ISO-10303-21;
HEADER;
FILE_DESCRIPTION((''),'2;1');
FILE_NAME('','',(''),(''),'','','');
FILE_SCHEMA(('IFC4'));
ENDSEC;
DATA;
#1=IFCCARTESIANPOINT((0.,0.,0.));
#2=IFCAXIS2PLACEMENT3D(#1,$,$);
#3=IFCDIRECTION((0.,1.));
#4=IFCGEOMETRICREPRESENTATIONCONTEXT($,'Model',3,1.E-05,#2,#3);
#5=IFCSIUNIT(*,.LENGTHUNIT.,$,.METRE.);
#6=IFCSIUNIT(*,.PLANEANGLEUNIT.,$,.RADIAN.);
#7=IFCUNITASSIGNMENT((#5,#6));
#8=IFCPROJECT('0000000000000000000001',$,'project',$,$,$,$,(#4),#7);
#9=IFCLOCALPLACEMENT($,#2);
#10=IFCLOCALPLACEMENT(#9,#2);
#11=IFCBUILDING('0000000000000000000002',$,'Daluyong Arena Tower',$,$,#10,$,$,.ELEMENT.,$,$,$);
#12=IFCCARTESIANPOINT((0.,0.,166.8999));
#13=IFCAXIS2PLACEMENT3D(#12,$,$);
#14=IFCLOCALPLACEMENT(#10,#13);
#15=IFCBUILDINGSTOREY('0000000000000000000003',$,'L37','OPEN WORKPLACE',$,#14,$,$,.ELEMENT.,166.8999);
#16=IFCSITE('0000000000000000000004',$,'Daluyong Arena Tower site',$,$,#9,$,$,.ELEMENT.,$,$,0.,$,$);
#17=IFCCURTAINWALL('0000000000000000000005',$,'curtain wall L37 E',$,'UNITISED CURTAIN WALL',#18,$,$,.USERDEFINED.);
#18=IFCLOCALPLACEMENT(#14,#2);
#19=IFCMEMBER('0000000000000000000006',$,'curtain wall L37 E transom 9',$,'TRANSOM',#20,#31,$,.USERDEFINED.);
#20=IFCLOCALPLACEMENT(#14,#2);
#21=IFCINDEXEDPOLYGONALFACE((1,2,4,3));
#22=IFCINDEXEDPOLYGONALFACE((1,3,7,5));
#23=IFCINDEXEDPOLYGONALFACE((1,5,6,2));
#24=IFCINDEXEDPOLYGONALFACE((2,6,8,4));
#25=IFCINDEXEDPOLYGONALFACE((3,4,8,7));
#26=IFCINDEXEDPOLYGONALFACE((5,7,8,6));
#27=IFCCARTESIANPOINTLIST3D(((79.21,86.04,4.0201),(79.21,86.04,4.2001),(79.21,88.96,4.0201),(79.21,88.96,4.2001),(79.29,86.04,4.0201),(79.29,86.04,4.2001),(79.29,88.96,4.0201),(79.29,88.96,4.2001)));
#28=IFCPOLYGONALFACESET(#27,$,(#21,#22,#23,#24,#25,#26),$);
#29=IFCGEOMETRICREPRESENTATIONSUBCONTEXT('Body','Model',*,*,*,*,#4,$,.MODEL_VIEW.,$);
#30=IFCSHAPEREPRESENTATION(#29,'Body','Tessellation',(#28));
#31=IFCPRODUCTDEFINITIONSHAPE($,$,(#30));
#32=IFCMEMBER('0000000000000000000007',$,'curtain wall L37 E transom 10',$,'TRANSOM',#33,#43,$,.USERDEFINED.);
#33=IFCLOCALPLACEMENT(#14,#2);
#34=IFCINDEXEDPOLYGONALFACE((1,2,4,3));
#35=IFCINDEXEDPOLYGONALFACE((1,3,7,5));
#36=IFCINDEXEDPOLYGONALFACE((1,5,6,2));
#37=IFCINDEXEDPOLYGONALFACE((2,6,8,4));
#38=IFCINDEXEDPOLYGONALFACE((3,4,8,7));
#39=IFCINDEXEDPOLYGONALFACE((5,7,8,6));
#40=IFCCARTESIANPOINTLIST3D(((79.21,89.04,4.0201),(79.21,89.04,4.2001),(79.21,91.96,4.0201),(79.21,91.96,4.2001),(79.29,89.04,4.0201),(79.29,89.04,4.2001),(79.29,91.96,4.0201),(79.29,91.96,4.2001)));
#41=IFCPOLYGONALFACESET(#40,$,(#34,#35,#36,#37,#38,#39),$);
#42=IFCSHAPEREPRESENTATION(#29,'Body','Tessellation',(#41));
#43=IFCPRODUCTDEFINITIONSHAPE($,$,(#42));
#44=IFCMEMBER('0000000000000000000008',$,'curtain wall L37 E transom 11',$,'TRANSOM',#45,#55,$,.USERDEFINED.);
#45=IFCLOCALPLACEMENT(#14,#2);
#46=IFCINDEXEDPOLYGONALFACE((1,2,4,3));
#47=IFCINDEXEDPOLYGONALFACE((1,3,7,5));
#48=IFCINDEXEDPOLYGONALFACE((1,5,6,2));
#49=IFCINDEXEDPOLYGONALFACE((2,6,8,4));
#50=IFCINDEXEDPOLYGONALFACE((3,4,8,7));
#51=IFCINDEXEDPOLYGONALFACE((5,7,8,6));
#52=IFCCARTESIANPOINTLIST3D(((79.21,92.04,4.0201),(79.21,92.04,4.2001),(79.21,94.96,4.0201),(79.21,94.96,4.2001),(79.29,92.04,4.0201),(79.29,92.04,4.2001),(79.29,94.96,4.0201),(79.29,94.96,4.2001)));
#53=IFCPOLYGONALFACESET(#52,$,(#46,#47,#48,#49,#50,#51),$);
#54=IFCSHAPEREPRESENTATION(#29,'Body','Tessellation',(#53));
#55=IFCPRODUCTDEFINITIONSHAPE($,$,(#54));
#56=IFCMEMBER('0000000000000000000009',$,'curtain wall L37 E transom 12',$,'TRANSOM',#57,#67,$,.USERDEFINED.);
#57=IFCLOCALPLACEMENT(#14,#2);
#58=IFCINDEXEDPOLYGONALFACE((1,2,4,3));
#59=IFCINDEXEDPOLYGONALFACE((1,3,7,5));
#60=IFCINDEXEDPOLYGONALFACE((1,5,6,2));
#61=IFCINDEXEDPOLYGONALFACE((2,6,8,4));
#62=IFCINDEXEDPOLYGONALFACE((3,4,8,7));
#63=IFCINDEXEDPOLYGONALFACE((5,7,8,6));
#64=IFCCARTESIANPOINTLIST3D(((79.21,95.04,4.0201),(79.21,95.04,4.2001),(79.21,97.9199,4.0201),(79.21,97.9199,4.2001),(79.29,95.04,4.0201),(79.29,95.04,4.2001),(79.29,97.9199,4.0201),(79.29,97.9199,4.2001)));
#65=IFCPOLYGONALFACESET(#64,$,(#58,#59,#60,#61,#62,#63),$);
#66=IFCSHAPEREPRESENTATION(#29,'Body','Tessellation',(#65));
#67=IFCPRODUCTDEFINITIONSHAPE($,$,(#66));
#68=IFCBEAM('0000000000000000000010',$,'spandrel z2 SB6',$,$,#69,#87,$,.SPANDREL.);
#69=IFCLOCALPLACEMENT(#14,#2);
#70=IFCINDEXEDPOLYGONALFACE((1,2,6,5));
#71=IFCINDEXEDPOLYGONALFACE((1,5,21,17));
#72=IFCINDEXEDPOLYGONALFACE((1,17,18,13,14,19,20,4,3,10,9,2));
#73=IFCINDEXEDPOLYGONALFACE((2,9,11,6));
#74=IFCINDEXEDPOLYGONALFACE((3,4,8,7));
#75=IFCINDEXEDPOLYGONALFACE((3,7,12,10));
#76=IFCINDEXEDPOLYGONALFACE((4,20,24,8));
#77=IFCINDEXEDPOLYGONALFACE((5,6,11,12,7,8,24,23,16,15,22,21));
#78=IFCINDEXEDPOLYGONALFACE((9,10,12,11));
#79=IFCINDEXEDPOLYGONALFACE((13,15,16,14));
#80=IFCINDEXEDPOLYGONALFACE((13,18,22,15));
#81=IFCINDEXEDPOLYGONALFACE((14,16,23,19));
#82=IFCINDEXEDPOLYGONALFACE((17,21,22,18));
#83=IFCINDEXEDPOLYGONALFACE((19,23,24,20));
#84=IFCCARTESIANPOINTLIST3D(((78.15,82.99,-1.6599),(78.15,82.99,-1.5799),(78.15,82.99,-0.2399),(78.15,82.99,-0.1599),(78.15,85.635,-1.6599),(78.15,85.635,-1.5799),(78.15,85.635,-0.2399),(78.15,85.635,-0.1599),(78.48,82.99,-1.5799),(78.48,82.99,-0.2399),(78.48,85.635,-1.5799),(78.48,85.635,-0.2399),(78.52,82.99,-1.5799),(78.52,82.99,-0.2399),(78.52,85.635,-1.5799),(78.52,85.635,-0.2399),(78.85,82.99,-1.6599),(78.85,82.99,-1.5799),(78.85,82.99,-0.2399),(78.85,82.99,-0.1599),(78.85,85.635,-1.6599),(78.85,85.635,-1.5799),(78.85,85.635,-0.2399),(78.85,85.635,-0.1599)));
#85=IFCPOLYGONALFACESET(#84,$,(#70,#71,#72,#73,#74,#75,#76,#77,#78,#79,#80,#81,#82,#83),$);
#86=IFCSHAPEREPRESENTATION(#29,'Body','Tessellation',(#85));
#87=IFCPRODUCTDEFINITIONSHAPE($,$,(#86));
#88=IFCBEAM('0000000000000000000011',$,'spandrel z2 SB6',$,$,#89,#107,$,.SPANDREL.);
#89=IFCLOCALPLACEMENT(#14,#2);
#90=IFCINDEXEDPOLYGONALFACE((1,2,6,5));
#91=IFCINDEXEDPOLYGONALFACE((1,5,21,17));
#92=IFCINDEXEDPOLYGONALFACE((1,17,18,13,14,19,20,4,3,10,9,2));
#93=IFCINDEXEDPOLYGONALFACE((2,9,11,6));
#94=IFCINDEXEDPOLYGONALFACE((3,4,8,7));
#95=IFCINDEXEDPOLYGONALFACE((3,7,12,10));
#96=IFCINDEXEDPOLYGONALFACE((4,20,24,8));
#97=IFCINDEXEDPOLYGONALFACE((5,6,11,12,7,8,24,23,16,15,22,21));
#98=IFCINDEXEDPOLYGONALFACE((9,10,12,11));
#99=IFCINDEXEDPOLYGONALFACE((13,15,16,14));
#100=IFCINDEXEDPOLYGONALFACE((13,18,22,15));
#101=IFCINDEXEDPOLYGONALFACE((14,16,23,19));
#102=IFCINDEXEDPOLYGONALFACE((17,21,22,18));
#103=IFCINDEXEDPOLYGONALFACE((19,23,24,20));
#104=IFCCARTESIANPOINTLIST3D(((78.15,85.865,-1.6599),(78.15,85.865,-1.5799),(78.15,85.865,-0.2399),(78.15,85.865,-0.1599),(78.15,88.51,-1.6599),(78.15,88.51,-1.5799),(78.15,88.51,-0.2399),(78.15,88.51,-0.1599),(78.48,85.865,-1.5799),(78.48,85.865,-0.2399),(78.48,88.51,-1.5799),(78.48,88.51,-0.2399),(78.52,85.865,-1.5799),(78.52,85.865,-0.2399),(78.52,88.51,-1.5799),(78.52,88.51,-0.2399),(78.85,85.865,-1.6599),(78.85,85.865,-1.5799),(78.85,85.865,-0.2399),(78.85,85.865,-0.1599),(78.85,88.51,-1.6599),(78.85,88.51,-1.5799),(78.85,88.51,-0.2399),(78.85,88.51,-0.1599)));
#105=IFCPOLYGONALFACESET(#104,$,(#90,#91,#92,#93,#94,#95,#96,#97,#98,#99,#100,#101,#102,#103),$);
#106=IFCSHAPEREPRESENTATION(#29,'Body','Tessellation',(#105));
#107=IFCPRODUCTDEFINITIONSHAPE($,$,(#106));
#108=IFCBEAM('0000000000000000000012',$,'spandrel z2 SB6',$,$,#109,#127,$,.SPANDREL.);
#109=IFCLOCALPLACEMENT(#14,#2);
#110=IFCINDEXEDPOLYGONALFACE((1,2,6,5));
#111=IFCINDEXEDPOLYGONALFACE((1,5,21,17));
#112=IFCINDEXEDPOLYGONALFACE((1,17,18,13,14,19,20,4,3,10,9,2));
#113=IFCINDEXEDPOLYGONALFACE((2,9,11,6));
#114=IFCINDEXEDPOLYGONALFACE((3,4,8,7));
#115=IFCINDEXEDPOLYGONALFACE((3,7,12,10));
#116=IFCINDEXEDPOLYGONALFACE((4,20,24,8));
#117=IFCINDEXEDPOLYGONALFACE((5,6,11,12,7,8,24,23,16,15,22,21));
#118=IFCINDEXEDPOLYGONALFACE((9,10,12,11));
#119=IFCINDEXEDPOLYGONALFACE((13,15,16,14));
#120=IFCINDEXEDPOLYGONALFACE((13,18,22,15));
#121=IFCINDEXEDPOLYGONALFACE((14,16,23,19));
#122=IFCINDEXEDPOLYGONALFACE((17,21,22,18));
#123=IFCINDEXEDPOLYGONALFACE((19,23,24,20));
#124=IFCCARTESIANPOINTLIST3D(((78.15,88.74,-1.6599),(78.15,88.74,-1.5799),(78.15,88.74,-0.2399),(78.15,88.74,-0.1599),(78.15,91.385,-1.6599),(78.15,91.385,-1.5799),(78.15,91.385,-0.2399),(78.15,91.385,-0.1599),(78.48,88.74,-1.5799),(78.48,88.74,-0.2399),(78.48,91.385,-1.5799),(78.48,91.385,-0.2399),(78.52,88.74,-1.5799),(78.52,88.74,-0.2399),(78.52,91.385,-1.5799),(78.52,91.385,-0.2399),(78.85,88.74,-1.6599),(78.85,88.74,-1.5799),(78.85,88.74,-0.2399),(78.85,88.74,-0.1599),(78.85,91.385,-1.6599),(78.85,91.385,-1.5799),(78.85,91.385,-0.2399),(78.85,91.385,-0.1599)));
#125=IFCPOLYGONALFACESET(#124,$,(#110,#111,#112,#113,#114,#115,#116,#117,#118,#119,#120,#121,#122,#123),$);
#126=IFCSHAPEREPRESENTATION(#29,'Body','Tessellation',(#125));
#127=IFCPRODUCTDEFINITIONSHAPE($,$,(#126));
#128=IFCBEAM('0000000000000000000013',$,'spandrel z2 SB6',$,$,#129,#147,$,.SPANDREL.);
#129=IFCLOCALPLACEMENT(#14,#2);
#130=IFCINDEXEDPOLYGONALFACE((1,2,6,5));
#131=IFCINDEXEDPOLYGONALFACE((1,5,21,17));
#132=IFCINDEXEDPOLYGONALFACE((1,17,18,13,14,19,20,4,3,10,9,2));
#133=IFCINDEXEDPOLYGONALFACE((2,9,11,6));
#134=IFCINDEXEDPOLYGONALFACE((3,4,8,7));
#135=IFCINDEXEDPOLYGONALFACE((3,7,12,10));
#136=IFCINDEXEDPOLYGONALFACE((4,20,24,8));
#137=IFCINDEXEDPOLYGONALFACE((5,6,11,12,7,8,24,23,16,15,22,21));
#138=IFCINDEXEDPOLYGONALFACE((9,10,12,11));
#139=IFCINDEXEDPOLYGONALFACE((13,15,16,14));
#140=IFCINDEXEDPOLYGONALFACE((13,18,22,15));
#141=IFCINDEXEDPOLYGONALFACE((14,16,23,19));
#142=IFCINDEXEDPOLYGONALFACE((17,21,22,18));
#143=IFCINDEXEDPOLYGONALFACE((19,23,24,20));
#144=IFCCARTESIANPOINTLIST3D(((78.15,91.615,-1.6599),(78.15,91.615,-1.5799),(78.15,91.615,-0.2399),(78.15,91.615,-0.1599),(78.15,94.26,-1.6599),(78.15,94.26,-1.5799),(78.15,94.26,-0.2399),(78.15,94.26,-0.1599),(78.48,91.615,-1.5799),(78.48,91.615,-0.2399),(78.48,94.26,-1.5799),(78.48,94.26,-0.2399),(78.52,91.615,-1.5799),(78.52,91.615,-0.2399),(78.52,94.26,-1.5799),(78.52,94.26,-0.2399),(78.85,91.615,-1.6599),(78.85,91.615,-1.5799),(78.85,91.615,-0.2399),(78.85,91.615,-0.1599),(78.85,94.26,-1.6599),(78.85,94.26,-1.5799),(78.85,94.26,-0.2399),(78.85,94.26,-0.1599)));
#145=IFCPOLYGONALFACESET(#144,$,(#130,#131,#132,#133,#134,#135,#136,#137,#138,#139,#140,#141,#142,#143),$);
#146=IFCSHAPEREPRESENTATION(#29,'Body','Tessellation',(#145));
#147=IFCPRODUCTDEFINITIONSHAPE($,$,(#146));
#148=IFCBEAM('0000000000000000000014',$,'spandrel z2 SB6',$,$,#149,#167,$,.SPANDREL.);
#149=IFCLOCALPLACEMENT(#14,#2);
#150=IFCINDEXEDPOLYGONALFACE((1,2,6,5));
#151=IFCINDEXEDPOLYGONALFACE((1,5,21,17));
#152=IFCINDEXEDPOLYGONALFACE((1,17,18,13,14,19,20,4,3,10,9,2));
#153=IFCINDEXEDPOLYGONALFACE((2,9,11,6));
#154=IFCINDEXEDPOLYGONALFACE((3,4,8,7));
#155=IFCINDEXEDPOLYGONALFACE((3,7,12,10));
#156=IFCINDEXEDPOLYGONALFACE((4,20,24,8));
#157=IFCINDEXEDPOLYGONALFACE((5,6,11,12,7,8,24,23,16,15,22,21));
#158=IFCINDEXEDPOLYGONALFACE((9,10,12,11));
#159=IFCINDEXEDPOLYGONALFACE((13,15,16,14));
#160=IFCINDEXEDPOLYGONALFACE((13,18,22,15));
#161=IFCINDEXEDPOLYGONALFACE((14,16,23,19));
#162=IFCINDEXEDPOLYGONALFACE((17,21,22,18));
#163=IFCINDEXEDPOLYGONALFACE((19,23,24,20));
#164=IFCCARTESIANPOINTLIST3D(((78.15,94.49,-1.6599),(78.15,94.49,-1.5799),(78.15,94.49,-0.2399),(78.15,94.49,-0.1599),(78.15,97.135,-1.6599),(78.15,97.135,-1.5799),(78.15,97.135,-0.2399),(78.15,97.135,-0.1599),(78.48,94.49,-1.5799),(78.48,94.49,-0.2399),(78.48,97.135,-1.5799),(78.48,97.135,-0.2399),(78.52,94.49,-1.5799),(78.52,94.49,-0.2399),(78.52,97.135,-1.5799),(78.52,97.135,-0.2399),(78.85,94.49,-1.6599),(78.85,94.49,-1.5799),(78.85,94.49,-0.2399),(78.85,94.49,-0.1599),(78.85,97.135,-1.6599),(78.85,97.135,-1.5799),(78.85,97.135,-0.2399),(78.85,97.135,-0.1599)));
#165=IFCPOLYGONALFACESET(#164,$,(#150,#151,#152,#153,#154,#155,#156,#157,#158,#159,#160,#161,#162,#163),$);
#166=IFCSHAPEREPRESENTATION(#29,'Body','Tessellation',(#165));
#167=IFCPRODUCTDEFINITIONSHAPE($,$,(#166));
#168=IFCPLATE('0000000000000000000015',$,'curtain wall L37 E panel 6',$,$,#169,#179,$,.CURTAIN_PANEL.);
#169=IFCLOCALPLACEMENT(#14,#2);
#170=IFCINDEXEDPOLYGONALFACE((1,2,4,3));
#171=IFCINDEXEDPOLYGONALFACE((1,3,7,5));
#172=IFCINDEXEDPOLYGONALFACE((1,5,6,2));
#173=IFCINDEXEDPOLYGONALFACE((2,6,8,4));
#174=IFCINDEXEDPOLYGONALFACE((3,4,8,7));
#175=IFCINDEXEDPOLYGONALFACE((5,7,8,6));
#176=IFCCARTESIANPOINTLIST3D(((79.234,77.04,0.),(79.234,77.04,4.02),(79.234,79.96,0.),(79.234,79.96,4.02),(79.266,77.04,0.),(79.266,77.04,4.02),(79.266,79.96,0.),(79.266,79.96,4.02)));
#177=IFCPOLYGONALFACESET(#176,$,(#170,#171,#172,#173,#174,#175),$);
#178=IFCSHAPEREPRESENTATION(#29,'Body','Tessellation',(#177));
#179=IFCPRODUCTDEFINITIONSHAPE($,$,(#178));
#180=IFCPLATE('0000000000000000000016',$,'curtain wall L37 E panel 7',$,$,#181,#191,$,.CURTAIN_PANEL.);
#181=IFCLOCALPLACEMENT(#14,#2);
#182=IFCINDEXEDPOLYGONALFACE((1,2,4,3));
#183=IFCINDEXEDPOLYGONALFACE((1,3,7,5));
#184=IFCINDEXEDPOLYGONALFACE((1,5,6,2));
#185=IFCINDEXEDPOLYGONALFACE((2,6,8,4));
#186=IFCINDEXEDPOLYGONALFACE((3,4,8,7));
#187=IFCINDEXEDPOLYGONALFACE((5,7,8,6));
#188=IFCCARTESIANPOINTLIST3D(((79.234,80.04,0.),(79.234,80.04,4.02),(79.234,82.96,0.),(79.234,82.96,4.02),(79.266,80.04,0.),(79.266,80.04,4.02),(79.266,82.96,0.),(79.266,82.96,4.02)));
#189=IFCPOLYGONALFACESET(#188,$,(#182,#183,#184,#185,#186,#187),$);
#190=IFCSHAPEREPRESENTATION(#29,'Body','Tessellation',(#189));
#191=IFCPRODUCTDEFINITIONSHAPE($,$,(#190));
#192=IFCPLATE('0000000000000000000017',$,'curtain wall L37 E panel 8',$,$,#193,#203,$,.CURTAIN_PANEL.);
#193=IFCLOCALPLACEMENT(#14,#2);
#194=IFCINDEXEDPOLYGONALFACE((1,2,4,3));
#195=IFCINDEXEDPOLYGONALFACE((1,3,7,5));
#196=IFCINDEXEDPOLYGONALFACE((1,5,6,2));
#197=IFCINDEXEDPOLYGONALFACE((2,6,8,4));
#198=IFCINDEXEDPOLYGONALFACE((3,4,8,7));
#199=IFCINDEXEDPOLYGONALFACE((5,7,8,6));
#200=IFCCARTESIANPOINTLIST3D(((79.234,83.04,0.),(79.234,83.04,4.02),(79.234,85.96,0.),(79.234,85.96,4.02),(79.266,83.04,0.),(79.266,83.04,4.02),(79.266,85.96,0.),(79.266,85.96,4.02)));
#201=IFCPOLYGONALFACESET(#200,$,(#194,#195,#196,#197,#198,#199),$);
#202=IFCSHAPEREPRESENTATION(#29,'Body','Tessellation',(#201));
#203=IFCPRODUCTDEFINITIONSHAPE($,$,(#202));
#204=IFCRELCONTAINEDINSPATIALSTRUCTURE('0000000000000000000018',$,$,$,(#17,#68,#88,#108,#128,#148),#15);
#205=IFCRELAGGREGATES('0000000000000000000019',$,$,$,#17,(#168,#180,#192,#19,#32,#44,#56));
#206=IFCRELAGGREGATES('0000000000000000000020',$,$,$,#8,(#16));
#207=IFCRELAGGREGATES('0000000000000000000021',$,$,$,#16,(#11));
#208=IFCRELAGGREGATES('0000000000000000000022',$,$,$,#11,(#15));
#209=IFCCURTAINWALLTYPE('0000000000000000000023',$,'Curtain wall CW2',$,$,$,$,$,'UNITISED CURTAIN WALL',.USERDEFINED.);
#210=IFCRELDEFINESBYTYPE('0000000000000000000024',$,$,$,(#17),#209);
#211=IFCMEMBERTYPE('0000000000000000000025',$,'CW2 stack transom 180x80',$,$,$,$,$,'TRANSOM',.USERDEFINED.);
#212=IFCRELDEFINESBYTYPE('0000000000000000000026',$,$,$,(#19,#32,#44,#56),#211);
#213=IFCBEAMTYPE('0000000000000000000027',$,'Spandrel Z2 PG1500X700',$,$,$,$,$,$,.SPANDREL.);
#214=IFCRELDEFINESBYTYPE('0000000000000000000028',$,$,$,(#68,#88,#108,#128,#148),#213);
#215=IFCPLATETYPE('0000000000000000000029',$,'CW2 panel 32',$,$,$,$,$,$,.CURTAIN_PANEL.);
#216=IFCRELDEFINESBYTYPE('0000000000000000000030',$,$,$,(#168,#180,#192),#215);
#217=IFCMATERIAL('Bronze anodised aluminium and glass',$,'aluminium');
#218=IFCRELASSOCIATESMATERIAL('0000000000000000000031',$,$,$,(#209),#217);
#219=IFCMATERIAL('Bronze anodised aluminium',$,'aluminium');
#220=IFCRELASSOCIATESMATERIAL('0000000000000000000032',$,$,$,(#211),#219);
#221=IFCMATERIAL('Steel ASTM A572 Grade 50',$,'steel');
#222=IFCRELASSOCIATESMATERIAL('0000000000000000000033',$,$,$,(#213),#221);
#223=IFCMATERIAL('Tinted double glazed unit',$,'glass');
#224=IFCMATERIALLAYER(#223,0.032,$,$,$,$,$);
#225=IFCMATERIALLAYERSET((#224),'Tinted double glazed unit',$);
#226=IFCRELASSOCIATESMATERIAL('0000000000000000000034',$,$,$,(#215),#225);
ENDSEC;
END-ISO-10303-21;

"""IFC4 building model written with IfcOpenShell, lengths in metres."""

from ifc_helpers import new_model, si_unit, direction, frame, origin, origin_2d, place, context, subcontext, project, spatial, rectangle, i_section, extrude, material, layer, layer_set, material_profile, profile_set, type_object, element, aggregate, save


model = new_model("IFC4")

# Units and contexts
model_context = context("Model", 3, precision=1e-05, world=origin(), true_north=direction((0.0, 1.0)))
body_context = subcontext(model_context, "Body", "Model", "MODEL_VIEW")
ifc_project = project(units=[si_unit("LENGTHUNIT", "METRE"), si_unit("PLANEANGLEUNIT", "RADIAN")], contexts=[model_context])

# Site, building, storey
site_placement = place(None, origin())
site = spatial("IfcSite", under=ifc_project, at=site_placement, Name="Daluyong Arena Tower site", CompositionType="ELEMENT", RefElevation=0.0)
building_placement = place(site_placement, origin())
building = spatial("IfcBuilding", under=site, at=building_placement, Name="Daluyong Arena Tower", CompositionType="ELEMENT")
storey_placement = place(building_placement, frame((0.0, 0.0, 166.8999)))
storey = spatial("IfcBuildingStorey", under=building, at=storey_placement, Name="L37", Description="OPEN WORKPLACE", CompositionType="ELEMENT", Elevation=166.8999)

# Curtain wall, members
ifc_material_1 = material(Name="Bronze anodised aluminium and glass", Category="aluminium")
curtain_wall_type = type_object("IfcCurtainWallType", Name="Curtain wall CW2", ElementType="UNITISED CURTAIN WALL", PredefinedType="USERDEFINED", material=ifc_material_1)
curtain_wall_placement = place(storey_placement, origin())
curtain_wall = element("IfcCurtainWall", 1, at=curtain_wall_placement, inside=storey, type_object=curtain_wall_type, Name="curtain wall L37 E", ObjectType="UNITISED CURTAIN WALL", PredefinedType="USERDEFINED")
ifc_material_2 = material(Name="Bronze anodised aluminium", Category="aluminium")
ifc_material_profile_1 = material_profile(ifc_material_2, rectangle(XDim=0.0801, YDim=0.1799, at=origin_2d()))
ifc_profile_set_1 = profile_set([ifc_material_profile_1], Name="Bronze anodised aluminium")
member_type_1 = type_object("IfcMemberType", Name="CW2 stack transom 180x80", ElementType="TRANSOM", PredefinedType="USERDEFINED", material=ifc_profile_set_1)
member_1_placement = place(storey_placement, frame((79.25, 86.04, 4.1101), z_axis=(0.0, 1.0, 0.0), x_axis=(-1.0, 0.0, 0.0)))
member_1 = element("IfcMember", 2, at=member_1_placement, type_object=member_type_1, Name="curtain wall L37 E transom 9", ObjectType="TRANSOM", PredefinedType="USERDEFINED", context=body_context, shape_type="SweptSolid", body=[
    extrude(rectangle(XDim=0.0801, YDim=0.1799, at=origin_2d()), origin(), (0.0, 0.0, 1.0), 2.9199),
])
member_2_placement = place(storey_placement, frame((79.25, 89.04, 4.1101), z_axis=(0.0, 1.0, 0.0), x_axis=(-1.0, 0.0, 0.0)))
member_2 = element("IfcMember", 3, at=member_2_placement, type_object=member_type_1, Name="curtain wall L37 E transom 10", ObjectType="TRANSOM", PredefinedType="USERDEFINED", context=body_context, shape_type="SweptSolid", body=[
    extrude(rectangle(XDim=0.0801, YDim=0.1799, at=origin_2d()), origin(), (0.0, 0.0, 1.0), 2.9199),
])
member_3_placement = place(storey_placement, frame((79.25, 92.04, 4.1101), z_axis=(0.0, 1.0, 0.0), x_axis=(-1.0, 0.0, 0.0)))
member_3 = element("IfcMember", 4, at=member_3_placement, type_object=member_type_1, Name="curtain wall L37 E transom 11", ObjectType="TRANSOM", PredefinedType="USERDEFINED", context=body_context, shape_type="SweptSolid", body=[
    extrude(rectangle(XDim=0.0801, YDim=0.1799, at=origin_2d()), origin(), (0.0, 0.0, 1.0), 2.9199),
])
member_4_placement = place(storey_placement, frame((79.25, 95.04, 4.1101), z_axis=(0.0, 1.0, 0.0), x_axis=(-1.0, 0.0, 0.0)))
member_4 = element("IfcMember", 5, at=member_4_placement, type_object=member_type_1, Name="curtain wall L37 E transom 12", ObjectType="TRANSOM", PredefinedType="USERDEFINED", context=body_context, shape_type="SweptSolid", body=[
    extrude(rectangle(XDim=0.0801, YDim=0.1799, at=origin_2d()), origin(), (0.0, 0.0, 1.0), 2.8799),
])

# Beams
ifc_material_3 = material(Name="Steel ASTM A572 Grade 50", Category="steel")
ifc_material_profile_2 = material_profile(ifc_material_3, i_section(OverallWidth=0.7, OverallDepth=1.5, WebThickness=0.04, FlangeThickness=0.08, at=origin_2d()))
ifc_profile_set_2 = profile_set([ifc_material_profile_2], Name="Steel ASTM A572 Grade 50")
beam_type = type_object("IfcBeamType", Name="Spandrel Z2 PG1500X700", PredefinedType="SPANDREL", material=ifc_profile_set_2)
for number, where, z_axis, x_axis, name in (
    (6, (78.5, 82.99, -0.9099), (0.0, 1.0, 0.0), (-1.0, 0.0, 0.0), "spandrel z2 SB6"),
    (7, (78.5, 85.865, -0.9099), (0.0, 1.0, 0.0), (-1.0, 0.0, 0.0), "spandrel z2 SB6"),
    (8, (78.5, 88.74, -0.9099), (0.0, 1.0, 0.0), (-1.0, 0.0, 0.0), "spandrel z2 SB6"),
    (9, (78.5, 91.615, -0.9099), (0.0, 1.0, 0.0), (-1.0, 0.0, 0.0), "spandrel z2 SB6"),
    (10, (78.5, 94.49, -0.9099), (0.0, 1.0, 0.0), (-1.0, 0.0, 0.0), "spandrel z2 SB6"),
):
    element("IfcBeam", number, at=place(storey_placement, frame(where, z_axis=z_axis, x_axis=x_axis)), inside=storey, type_object=beam_type, Name=name, PredefinedType="SPANDREL", context=body_context, shape_type="SweptSolid", body=[
        extrude(i_section(OverallWidth=0.7, OverallDepth=1.5, WebThickness=0.04, FlangeThickness=0.08, at=origin_2d()), origin(), (0.0, 0.0, 1.0), 2.645),
    ])

# Plates
ifc_material_4 = material(Name="Tinted double glazed unit", Category="glass")
ifc_layer = layer(ifc_material_4, 0.032)
ifc_layer_set = layer_set([ifc_layer], Name="Tinted double glazed unit")
plate_type = type_object("IfcPlateType", Name="CW2 panel 32", PredefinedType="CURTAIN_PANEL", material=ifc_layer_set)
plate_1_placement = place(storey_placement, frame((79.25, 78.5, 0.0), z_axis=(0.0, 0.0, 1.0), x_axis=(0.0, 1.0, 0.0)))
plate_1 = element("IfcPlate", 11, at=plate_1_placement, type_object=plate_type, Name="curtain wall L37 E panel 6", PredefinedType="CURTAIN_PANEL", context=body_context, shape_type="SweptSolid", body=[
    extrude(rectangle(XDim=2.9199, YDim=0.032, at=origin_2d()), origin(), (0.0, 0.0, 1.0), 4.02),
])
plate_2_placement = place(storey_placement, frame((79.25, 81.5, 0.0), z_axis=(0.0, 0.0, 1.0), x_axis=(0.0, 1.0, 0.0)))
plate_2 = element("IfcPlate", 12, at=plate_2_placement, type_object=plate_type, Name="curtain wall L37 E panel 7", PredefinedType="CURTAIN_PANEL", context=body_context, shape_type="SweptSolid", body=[
    extrude(rectangle(XDim=2.9199, YDim=0.032, at=origin_2d()), origin(), (0.0, 0.0, 1.0), 4.02),
])
plate_3_placement = place(storey_placement, frame((79.25, 84.5, 0.0), z_axis=(0.0, 0.0, 1.0), x_axis=(0.0, 1.0, 0.0)))
plate_3 = element("IfcPlate", 13, at=plate_3_placement, type_object=plate_type, Name="curtain wall L37 E panel 8", PredefinedType="CURTAIN_PANEL", context=body_context, shape_type="SweptSolid", body=[
    extrude(rectangle(XDim=2.9199, YDim=0.032, at=origin_2d()), origin(), (0.0, 0.0, 1.0), 4.02),
])
aggregate(curtain_wall, [plate_1, plate_2, plate_3, member_1, member_2, member_3, member_4])

save(model, "model.ifc")
